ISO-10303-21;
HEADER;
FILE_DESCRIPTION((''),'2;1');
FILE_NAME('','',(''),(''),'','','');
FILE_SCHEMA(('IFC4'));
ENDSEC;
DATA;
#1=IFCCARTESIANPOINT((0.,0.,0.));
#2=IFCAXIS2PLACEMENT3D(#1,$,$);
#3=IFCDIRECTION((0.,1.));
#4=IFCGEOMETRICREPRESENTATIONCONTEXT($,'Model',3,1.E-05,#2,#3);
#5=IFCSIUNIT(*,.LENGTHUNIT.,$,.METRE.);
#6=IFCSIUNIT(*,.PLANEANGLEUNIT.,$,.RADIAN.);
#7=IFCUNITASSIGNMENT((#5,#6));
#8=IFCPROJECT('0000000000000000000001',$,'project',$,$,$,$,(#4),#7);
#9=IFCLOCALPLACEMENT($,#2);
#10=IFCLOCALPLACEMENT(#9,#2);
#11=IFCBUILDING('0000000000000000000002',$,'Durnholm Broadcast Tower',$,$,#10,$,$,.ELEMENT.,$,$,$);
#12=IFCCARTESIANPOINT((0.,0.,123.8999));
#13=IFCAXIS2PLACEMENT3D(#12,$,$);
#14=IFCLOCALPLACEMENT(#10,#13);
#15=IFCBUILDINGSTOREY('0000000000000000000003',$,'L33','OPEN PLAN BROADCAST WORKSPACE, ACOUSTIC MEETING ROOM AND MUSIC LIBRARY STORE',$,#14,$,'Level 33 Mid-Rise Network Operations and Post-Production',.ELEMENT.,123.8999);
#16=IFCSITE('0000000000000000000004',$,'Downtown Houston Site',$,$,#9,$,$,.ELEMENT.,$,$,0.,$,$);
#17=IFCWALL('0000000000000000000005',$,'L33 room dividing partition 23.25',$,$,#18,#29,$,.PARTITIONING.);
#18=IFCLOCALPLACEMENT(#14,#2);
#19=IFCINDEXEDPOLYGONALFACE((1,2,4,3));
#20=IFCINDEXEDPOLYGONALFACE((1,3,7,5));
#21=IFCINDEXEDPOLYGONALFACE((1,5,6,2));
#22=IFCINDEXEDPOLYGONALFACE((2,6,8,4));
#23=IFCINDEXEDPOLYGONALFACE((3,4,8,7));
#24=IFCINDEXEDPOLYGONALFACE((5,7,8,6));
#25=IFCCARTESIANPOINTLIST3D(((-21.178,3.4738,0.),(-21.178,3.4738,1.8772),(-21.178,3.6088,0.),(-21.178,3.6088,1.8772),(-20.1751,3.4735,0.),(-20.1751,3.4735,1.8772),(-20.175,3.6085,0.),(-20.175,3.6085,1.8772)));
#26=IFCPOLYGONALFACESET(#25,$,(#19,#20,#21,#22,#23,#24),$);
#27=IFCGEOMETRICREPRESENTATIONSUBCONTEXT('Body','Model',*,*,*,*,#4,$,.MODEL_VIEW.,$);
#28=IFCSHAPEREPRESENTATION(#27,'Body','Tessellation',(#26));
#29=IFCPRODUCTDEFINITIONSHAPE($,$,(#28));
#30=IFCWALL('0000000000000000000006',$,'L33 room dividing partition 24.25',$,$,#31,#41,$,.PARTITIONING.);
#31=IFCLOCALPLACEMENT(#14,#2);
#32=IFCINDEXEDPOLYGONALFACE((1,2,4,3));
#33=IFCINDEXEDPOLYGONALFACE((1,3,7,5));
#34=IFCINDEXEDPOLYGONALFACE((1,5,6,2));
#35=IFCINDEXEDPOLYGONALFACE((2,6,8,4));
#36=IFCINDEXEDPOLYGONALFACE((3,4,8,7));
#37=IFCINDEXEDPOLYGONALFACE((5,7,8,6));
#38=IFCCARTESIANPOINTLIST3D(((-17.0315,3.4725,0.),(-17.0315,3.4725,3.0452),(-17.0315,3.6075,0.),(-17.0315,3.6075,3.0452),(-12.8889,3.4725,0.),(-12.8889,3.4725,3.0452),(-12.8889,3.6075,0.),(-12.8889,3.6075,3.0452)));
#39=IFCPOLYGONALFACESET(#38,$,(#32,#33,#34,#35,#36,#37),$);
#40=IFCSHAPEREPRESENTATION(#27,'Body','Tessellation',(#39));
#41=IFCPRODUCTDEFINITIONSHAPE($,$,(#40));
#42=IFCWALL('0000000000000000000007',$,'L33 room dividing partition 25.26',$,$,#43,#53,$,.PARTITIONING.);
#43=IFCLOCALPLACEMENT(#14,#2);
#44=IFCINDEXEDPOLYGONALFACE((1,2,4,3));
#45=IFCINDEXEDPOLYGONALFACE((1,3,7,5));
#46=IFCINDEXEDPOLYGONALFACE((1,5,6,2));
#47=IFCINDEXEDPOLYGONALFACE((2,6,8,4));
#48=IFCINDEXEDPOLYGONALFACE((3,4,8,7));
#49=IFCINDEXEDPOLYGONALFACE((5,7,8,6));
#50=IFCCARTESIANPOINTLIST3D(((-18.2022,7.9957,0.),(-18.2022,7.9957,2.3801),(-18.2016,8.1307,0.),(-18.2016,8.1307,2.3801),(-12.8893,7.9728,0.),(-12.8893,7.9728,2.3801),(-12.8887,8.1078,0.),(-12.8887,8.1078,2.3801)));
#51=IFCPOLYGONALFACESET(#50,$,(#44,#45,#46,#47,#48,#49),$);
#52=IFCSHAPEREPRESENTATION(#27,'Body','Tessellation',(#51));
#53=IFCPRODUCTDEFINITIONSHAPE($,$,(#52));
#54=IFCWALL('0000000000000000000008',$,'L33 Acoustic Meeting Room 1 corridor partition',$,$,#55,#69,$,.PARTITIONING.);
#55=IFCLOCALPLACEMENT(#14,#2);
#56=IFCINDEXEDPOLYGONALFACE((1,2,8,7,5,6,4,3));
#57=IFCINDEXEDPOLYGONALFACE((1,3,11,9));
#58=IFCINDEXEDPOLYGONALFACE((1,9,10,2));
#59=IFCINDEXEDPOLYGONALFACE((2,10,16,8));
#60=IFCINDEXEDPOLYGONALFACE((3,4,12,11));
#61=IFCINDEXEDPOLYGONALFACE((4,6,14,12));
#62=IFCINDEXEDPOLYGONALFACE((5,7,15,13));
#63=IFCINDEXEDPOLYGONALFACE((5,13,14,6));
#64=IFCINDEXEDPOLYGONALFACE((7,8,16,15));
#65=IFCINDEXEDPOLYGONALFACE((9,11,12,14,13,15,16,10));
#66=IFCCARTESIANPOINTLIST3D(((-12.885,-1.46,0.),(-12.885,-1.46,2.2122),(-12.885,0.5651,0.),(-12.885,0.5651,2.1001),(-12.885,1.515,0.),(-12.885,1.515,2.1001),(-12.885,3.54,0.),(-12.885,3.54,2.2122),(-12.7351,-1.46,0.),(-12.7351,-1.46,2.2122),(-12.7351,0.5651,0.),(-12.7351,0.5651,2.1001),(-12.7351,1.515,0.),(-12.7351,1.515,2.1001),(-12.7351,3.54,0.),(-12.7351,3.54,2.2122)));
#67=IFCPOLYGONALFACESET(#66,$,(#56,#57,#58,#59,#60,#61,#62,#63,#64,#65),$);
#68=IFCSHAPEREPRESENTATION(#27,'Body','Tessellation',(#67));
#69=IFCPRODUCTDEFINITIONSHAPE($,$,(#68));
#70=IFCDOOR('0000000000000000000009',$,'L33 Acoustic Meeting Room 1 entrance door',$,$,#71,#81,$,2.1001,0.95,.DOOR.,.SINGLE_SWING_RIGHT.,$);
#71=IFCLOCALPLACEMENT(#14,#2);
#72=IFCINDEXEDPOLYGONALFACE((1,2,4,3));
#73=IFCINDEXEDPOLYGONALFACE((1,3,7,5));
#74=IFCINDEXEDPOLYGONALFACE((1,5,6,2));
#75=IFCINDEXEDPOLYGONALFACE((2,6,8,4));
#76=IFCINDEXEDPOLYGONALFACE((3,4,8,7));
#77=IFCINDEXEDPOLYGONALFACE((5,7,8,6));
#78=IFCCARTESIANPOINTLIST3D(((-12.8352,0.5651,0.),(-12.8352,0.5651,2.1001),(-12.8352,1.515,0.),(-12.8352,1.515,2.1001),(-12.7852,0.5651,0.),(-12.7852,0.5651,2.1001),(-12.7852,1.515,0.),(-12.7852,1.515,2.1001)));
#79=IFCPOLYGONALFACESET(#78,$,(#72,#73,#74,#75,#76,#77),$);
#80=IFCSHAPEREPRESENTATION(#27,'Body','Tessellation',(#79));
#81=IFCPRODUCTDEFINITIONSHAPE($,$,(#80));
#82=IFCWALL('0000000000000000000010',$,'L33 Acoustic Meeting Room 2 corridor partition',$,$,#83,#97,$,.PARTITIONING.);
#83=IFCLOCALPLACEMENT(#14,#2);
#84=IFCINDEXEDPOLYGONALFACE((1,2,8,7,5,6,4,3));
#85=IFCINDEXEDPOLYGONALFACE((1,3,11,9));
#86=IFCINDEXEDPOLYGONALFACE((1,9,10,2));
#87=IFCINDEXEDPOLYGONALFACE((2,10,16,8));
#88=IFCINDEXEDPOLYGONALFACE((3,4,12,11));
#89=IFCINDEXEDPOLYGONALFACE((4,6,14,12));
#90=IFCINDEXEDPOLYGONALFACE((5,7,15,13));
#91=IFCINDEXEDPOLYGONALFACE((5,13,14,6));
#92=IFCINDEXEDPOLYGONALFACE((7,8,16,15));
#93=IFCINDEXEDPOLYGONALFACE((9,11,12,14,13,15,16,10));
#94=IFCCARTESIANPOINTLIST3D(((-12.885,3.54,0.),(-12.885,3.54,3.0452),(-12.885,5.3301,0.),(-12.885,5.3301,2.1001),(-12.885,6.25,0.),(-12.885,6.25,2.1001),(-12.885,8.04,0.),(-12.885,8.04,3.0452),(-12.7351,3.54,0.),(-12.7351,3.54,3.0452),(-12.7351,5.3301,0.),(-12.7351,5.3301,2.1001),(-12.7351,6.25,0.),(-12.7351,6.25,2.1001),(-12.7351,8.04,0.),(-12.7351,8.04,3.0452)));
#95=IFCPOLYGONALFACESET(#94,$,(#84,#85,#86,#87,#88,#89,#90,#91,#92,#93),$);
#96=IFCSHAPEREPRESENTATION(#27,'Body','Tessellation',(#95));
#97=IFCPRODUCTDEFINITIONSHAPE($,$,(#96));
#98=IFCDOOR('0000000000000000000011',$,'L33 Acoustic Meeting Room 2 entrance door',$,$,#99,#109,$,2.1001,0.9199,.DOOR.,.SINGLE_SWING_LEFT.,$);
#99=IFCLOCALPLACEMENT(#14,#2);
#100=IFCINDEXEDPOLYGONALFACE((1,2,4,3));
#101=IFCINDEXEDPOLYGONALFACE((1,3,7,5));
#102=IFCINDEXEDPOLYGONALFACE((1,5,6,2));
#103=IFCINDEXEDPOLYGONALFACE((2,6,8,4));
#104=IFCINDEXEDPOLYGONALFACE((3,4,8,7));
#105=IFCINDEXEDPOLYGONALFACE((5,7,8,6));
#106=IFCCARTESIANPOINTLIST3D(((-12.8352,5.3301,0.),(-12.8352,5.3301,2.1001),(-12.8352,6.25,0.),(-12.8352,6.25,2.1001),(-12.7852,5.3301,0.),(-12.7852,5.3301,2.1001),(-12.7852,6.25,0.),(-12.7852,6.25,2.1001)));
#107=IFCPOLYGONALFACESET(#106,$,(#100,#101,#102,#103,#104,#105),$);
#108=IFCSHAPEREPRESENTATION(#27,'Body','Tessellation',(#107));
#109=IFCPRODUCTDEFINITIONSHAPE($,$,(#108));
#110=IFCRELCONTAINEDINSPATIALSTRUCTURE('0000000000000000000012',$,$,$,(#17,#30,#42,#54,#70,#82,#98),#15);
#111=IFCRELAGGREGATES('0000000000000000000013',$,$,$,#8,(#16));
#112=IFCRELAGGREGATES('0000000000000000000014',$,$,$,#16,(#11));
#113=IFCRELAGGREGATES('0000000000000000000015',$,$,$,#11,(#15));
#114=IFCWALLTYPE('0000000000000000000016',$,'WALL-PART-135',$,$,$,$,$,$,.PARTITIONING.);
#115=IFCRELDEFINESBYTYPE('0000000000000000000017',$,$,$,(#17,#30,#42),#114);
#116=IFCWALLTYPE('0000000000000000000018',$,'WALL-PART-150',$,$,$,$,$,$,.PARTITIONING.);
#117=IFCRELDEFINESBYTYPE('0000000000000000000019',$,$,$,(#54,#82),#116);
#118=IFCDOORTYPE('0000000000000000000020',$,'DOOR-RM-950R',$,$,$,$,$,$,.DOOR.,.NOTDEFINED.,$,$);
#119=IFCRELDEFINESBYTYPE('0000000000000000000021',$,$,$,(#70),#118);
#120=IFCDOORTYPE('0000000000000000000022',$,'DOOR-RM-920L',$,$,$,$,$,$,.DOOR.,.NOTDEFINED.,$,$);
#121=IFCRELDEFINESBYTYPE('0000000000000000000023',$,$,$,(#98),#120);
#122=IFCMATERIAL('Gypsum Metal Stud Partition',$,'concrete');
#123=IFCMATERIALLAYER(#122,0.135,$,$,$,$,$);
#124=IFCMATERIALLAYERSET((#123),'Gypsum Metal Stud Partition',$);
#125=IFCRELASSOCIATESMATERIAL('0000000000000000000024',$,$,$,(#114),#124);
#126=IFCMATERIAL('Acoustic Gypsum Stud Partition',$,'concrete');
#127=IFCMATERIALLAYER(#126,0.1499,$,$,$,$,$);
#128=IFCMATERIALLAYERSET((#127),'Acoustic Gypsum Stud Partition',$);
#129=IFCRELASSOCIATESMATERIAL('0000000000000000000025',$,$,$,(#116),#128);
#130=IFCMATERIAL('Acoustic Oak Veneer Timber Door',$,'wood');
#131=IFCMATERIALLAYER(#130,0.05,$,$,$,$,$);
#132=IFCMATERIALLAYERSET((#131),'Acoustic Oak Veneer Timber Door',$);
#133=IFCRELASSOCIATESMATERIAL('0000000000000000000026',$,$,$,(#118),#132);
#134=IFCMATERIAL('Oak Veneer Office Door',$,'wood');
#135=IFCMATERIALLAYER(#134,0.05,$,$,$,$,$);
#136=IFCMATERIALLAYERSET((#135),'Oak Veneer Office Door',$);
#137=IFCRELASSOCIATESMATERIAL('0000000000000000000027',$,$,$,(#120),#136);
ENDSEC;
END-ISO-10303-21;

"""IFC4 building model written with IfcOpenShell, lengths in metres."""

from ifc_helpers import new_model, si_unit, direction, frame, frame_2d, origin, place, context, subcontext, project, spatial, rectangle, extrude, source, transform, mapped, material, layer, layer_set, type_object, type_shapes, element, fill, save


model = new_model("IFC4")

# Units and contexts
model_context = context("Model", 3, precision=1e-05, world=origin(), true_north=direction((0.0, 1.0)))
body_context = subcontext(model_context, "Body", "Model", "MODEL_VIEW")
ifc_project = project(units=[si_unit("LENGTHUNIT", "METRE"), si_unit("PLANEANGLEUNIT", "RADIAN")], contexts=[model_context])

# Site, building, storey
site_placement = place(None, origin())
site = spatial("IfcSite", under=ifc_project, at=site_placement, Name="Downtown Houston Site", CompositionType="ELEMENT", RefElevation=0.0)
building_placement = place(site_placement, origin())
building = spatial("IfcBuilding", under=site, at=building_placement, Name="Durnholm Broadcast Tower", CompositionType="ELEMENT")
storey_placement = place(building_placement, frame((0.0, 0.0, 123.8999)))
storey = spatial("IfcBuildingStorey", under=building, at=storey_placement, Name="L33", Description="OPEN PLAN BROADCAST WORKSPACE, ACOUSTIC MEETING ROOM AND MUSIC LIBRARY STORE", LongName="Level 33 Mid-Rise Network Operations and Post-Production", CompositionType="ELEMENT", Elevation=123.8999)

# Walls
ifc_material_1 = material(Name="Gypsum Metal Stud Partition", Category="concrete")
ifc_layer_1 = layer(ifc_material_1, 0.135)
ifc_layer_set_1 = layer_set([ifc_layer_1], Name="Gypsum Metal Stud Partition")
wall_type_1 = type_object("IfcWallType", Name="WALL-PART-135", PredefinedType="PARTITIONING", material=ifc_layer_set_1)
wall_1_placement = place(storey_placement, frame((-21.178, 3.5413, 0.0), z_axis=(0.0, 0.0, 1.0), x_axis=(1.0, -0.000243, 0.0)))
element("IfcWall", 1, at=wall_1_placement, inside=storey, type_object=wall_type_1, Name="L33 room dividing partition 23.25", PredefinedType="PARTITIONING", context=body_context, shape_type="SweptSolid", body=[
    extrude(rectangle(XDim=1.0029, YDim=0.135, at=frame_2d((0.5015, 0.0))), origin(), (0.0, 0.0, 1.0), 1.8772),
])
wall_2_placement = place(storey_placement, frame((-17.0315, 3.54, 0.0), z_axis=(0.0, 0.0, 1.0), x_axis=(1.0, 0.0, 0.0)))
element("IfcWall", 2, at=wall_2_placement, inside=storey, type_object=wall_type_1, Name="L33 room dividing partition 24.25", PredefinedType="PARTITIONING", context=body_context, shape_type="SweptSolid", body=[
    extrude(rectangle(XDim=4.1426, YDim=0.135, at=frame_2d((2.0713, 0.0))), origin(), (0.0, 0.0, 1.0), 3.0452),
])
wall_3_placement = place(storey_placement, frame((-18.2019, 8.0632, 0.0), z_axis=(0.0, 0.0, 1.0), x_axis=(0.999991, -0.004319, 0.0)))
element("IfcWall", 3, at=wall_3_placement, inside=storey, type_object=wall_type_1, Name="L33 room dividing partition 25.26", PredefinedType="PARTITIONING", context=body_context, shape_type="SweptSolid", body=[
    extrude(rectangle(XDim=5.313, YDim=0.135, at=frame_2d((2.6565, 0.0))), origin(), (0.0, 0.0, 1.0), 2.3801),
])

# Walls, openings, doors
ifc_material_2 = material(Name="Acoustic Gypsum Stud Partition", Category="concrete")
ifc_layer_2 = layer(ifc_material_2, 0.1499)
ifc_layer_set_2 = layer_set([ifc_layer_2], Name="Acoustic Gypsum Stud Partition")
wall_type_2 = type_object("IfcWallType", Name="WALL-PART-150", PredefinedType="PARTITIONING", material=ifc_layer_set_2)
wall_4_placement = place(storey_placement, frame((-12.8101, 3.54, 0.0), z_axis=(0.0, 0.0, 1.0), x_axis=(0.0, -1.0, 0.0)))
wall_4 = element("IfcWall", 4, at=wall_4_placement, inside=storey, type_object=wall_type_2, Name="L33 Acoustic Meeting Room 1 corridor partition", PredefinedType="PARTITIONING", context=body_context, shape_type="SweptSolid", body=[
    extrude(rectangle(XDim=5.0, YDim=0.1499, at=frame_2d((2.5, 0.0))), origin(), (0.0, 0.0, 1.0), 2.2122),
])
opening_1_placement = place(wall_4_placement, frame((2.0249, 0.0, 0.0)))
opening_1 = element("IfcOpeningElement", 5, at=opening_1_placement, cuts=wall_4, PredefinedType="OPENING", context=body_context, shape_type="SweptSolid", body=[
    extrude(rectangle(XDim=0.95, YDim=2.1001, at=frame_2d((0.4751, 1.05))), frame((0.0, 0.085, 0.0), z_axis=(0.0, -1.0, 0.0), x_axis=(1.0, 0.0, 0.0)), (0.0, 0.0, 1.0), 0.1699),
])
ifc_material_3 = material(Name="Acoustic Oak Veneer Timber Door", Category="wood")
ifc_layer_3 = layer(ifc_material_3, 0.05)
ifc_layer_set_3 = layer_set([ifc_layer_3], Name="Acoustic Oak Veneer Timber Door")
door_type_1 = type_object("IfcDoorType", Name="DOOR-RM-950R", OperationType="NOTDEFINED", PredefinedType="DOOR", material=ifc_layer_set_3)
shared_shape_1 = source(origin(), body_context, "Body", "SweptSolid", [
    extrude(rectangle(XDim=0.95, YDim=2.1001, at=frame_2d((0.4751, 1.05))), frame((0.0, 0.0249, 0.0), z_axis=(0.0, -1.0, 0.0), x_axis=(1.0, 0.0, 0.0)), (0.0, 0.0, 1.0), 0.05),
])
type_shapes(door_type_1, [shared_shape_1])
door_1_placement = place(opening_1_placement, origin())
door_1 = element("IfcDoor", 6, at=door_1_placement, inside=storey, type_object=door_type_1, Name="L33 Acoustic Meeting Room 1 entrance door", OperationType="SINGLE_SWING_RIGHT", OverallHeight=2.1001, OverallWidth=0.95, PredefinedType="DOOR", context=body_context, shape_type="MappedRepresentation", body=[
    mapped(shared_shape_1, transform((0.0, 0.0, 0.0), x_axis=(1.0, 0.0, 0.0), y_axis=(0.0, 1.0, 0.0), z_axis=(0.0, 0.0, 1.0), scale=1.0)),
])
fill(opening_1, door_1)
wall_5_placement = place(storey_placement, frame((-12.8101, 8.04, 0.0), z_axis=(0.0, 0.0, 1.0), x_axis=(0.0, -1.0, 0.0)))
wall_5 = element("IfcWall", 7, at=wall_5_placement, inside=storey, type_object=wall_type_2, Name="L33 Acoustic Meeting Room 2 corridor partition", PredefinedType="PARTITIONING", context=body_context, shape_type="SweptSolid", body=[
    extrude(rectangle(XDim=4.5, YDim=0.1499, at=frame_2d((2.25, 0.0))), origin(), (0.0, 0.0, 1.0), 3.0452),
])
opening_2_placement = place(wall_5_placement, frame((1.79, 0.0, 0.0)))
opening_2 = element("IfcOpeningElement", 8, at=opening_2_placement, cuts=wall_5, PredefinedType="OPENING", context=body_context, shape_type="SweptSolid", body=[
    extrude(rectangle(XDim=0.9199, YDim=2.1001, at=frame_2d((0.46, 1.05))), frame((0.0, 0.085, 0.0), z_axis=(0.0, -1.0, 0.0), x_axis=(1.0, 0.0, 0.0)), (0.0, 0.0, 1.0), 0.1699),
])
ifc_material_4 = material(Name="Oak Veneer Office Door", Category="wood")
ifc_layer_4 = layer(ifc_material_4, 0.05)
ifc_layer_set_4 = layer_set([ifc_layer_4], Name="Oak Veneer Office Door")
door_type_2 = type_object("IfcDoorType", Name="DOOR-RM-920L", OperationType="NOTDEFINED", PredefinedType="DOOR", material=ifc_layer_set_4)
shared_shape_2 = source(origin(), body_context, "Body", "SweptSolid", [
    extrude(rectangle(XDim=0.9199, YDim=2.1001, at=frame_2d((0.46, 1.05))), frame((0.0, 0.0249, 0.0), z_axis=(0.0, -1.0, 0.0), x_axis=(1.0, 0.0, 0.0)), (0.0, 0.0, 1.0), 0.05),
])
type_shapes(door_type_2, [shared_shape_2])
door_2_placement = place(opening_2_placement, origin())
door_2 = element("IfcDoor", 9, at=door_2_placement, inside=storey, type_object=door_type_2, Name="L33 Acoustic Meeting Room 2 entrance door", OperationType="SINGLE_SWING_LEFT", OverallHeight=2.1001, OverallWidth=0.9199, PredefinedType="DOOR", context=body_context, shape_type="MappedRepresentation", body=[
    mapped(shared_shape_2, transform((0.0, 0.0, 0.0), x_axis=(1.0, 0.0, 0.0), y_axis=(0.0, 1.0, 0.0), z_axis=(0.0, 0.0, 1.0), scale=1.0)),
])
fill(opening_2, door_2)

save(model, "model.ifc")
